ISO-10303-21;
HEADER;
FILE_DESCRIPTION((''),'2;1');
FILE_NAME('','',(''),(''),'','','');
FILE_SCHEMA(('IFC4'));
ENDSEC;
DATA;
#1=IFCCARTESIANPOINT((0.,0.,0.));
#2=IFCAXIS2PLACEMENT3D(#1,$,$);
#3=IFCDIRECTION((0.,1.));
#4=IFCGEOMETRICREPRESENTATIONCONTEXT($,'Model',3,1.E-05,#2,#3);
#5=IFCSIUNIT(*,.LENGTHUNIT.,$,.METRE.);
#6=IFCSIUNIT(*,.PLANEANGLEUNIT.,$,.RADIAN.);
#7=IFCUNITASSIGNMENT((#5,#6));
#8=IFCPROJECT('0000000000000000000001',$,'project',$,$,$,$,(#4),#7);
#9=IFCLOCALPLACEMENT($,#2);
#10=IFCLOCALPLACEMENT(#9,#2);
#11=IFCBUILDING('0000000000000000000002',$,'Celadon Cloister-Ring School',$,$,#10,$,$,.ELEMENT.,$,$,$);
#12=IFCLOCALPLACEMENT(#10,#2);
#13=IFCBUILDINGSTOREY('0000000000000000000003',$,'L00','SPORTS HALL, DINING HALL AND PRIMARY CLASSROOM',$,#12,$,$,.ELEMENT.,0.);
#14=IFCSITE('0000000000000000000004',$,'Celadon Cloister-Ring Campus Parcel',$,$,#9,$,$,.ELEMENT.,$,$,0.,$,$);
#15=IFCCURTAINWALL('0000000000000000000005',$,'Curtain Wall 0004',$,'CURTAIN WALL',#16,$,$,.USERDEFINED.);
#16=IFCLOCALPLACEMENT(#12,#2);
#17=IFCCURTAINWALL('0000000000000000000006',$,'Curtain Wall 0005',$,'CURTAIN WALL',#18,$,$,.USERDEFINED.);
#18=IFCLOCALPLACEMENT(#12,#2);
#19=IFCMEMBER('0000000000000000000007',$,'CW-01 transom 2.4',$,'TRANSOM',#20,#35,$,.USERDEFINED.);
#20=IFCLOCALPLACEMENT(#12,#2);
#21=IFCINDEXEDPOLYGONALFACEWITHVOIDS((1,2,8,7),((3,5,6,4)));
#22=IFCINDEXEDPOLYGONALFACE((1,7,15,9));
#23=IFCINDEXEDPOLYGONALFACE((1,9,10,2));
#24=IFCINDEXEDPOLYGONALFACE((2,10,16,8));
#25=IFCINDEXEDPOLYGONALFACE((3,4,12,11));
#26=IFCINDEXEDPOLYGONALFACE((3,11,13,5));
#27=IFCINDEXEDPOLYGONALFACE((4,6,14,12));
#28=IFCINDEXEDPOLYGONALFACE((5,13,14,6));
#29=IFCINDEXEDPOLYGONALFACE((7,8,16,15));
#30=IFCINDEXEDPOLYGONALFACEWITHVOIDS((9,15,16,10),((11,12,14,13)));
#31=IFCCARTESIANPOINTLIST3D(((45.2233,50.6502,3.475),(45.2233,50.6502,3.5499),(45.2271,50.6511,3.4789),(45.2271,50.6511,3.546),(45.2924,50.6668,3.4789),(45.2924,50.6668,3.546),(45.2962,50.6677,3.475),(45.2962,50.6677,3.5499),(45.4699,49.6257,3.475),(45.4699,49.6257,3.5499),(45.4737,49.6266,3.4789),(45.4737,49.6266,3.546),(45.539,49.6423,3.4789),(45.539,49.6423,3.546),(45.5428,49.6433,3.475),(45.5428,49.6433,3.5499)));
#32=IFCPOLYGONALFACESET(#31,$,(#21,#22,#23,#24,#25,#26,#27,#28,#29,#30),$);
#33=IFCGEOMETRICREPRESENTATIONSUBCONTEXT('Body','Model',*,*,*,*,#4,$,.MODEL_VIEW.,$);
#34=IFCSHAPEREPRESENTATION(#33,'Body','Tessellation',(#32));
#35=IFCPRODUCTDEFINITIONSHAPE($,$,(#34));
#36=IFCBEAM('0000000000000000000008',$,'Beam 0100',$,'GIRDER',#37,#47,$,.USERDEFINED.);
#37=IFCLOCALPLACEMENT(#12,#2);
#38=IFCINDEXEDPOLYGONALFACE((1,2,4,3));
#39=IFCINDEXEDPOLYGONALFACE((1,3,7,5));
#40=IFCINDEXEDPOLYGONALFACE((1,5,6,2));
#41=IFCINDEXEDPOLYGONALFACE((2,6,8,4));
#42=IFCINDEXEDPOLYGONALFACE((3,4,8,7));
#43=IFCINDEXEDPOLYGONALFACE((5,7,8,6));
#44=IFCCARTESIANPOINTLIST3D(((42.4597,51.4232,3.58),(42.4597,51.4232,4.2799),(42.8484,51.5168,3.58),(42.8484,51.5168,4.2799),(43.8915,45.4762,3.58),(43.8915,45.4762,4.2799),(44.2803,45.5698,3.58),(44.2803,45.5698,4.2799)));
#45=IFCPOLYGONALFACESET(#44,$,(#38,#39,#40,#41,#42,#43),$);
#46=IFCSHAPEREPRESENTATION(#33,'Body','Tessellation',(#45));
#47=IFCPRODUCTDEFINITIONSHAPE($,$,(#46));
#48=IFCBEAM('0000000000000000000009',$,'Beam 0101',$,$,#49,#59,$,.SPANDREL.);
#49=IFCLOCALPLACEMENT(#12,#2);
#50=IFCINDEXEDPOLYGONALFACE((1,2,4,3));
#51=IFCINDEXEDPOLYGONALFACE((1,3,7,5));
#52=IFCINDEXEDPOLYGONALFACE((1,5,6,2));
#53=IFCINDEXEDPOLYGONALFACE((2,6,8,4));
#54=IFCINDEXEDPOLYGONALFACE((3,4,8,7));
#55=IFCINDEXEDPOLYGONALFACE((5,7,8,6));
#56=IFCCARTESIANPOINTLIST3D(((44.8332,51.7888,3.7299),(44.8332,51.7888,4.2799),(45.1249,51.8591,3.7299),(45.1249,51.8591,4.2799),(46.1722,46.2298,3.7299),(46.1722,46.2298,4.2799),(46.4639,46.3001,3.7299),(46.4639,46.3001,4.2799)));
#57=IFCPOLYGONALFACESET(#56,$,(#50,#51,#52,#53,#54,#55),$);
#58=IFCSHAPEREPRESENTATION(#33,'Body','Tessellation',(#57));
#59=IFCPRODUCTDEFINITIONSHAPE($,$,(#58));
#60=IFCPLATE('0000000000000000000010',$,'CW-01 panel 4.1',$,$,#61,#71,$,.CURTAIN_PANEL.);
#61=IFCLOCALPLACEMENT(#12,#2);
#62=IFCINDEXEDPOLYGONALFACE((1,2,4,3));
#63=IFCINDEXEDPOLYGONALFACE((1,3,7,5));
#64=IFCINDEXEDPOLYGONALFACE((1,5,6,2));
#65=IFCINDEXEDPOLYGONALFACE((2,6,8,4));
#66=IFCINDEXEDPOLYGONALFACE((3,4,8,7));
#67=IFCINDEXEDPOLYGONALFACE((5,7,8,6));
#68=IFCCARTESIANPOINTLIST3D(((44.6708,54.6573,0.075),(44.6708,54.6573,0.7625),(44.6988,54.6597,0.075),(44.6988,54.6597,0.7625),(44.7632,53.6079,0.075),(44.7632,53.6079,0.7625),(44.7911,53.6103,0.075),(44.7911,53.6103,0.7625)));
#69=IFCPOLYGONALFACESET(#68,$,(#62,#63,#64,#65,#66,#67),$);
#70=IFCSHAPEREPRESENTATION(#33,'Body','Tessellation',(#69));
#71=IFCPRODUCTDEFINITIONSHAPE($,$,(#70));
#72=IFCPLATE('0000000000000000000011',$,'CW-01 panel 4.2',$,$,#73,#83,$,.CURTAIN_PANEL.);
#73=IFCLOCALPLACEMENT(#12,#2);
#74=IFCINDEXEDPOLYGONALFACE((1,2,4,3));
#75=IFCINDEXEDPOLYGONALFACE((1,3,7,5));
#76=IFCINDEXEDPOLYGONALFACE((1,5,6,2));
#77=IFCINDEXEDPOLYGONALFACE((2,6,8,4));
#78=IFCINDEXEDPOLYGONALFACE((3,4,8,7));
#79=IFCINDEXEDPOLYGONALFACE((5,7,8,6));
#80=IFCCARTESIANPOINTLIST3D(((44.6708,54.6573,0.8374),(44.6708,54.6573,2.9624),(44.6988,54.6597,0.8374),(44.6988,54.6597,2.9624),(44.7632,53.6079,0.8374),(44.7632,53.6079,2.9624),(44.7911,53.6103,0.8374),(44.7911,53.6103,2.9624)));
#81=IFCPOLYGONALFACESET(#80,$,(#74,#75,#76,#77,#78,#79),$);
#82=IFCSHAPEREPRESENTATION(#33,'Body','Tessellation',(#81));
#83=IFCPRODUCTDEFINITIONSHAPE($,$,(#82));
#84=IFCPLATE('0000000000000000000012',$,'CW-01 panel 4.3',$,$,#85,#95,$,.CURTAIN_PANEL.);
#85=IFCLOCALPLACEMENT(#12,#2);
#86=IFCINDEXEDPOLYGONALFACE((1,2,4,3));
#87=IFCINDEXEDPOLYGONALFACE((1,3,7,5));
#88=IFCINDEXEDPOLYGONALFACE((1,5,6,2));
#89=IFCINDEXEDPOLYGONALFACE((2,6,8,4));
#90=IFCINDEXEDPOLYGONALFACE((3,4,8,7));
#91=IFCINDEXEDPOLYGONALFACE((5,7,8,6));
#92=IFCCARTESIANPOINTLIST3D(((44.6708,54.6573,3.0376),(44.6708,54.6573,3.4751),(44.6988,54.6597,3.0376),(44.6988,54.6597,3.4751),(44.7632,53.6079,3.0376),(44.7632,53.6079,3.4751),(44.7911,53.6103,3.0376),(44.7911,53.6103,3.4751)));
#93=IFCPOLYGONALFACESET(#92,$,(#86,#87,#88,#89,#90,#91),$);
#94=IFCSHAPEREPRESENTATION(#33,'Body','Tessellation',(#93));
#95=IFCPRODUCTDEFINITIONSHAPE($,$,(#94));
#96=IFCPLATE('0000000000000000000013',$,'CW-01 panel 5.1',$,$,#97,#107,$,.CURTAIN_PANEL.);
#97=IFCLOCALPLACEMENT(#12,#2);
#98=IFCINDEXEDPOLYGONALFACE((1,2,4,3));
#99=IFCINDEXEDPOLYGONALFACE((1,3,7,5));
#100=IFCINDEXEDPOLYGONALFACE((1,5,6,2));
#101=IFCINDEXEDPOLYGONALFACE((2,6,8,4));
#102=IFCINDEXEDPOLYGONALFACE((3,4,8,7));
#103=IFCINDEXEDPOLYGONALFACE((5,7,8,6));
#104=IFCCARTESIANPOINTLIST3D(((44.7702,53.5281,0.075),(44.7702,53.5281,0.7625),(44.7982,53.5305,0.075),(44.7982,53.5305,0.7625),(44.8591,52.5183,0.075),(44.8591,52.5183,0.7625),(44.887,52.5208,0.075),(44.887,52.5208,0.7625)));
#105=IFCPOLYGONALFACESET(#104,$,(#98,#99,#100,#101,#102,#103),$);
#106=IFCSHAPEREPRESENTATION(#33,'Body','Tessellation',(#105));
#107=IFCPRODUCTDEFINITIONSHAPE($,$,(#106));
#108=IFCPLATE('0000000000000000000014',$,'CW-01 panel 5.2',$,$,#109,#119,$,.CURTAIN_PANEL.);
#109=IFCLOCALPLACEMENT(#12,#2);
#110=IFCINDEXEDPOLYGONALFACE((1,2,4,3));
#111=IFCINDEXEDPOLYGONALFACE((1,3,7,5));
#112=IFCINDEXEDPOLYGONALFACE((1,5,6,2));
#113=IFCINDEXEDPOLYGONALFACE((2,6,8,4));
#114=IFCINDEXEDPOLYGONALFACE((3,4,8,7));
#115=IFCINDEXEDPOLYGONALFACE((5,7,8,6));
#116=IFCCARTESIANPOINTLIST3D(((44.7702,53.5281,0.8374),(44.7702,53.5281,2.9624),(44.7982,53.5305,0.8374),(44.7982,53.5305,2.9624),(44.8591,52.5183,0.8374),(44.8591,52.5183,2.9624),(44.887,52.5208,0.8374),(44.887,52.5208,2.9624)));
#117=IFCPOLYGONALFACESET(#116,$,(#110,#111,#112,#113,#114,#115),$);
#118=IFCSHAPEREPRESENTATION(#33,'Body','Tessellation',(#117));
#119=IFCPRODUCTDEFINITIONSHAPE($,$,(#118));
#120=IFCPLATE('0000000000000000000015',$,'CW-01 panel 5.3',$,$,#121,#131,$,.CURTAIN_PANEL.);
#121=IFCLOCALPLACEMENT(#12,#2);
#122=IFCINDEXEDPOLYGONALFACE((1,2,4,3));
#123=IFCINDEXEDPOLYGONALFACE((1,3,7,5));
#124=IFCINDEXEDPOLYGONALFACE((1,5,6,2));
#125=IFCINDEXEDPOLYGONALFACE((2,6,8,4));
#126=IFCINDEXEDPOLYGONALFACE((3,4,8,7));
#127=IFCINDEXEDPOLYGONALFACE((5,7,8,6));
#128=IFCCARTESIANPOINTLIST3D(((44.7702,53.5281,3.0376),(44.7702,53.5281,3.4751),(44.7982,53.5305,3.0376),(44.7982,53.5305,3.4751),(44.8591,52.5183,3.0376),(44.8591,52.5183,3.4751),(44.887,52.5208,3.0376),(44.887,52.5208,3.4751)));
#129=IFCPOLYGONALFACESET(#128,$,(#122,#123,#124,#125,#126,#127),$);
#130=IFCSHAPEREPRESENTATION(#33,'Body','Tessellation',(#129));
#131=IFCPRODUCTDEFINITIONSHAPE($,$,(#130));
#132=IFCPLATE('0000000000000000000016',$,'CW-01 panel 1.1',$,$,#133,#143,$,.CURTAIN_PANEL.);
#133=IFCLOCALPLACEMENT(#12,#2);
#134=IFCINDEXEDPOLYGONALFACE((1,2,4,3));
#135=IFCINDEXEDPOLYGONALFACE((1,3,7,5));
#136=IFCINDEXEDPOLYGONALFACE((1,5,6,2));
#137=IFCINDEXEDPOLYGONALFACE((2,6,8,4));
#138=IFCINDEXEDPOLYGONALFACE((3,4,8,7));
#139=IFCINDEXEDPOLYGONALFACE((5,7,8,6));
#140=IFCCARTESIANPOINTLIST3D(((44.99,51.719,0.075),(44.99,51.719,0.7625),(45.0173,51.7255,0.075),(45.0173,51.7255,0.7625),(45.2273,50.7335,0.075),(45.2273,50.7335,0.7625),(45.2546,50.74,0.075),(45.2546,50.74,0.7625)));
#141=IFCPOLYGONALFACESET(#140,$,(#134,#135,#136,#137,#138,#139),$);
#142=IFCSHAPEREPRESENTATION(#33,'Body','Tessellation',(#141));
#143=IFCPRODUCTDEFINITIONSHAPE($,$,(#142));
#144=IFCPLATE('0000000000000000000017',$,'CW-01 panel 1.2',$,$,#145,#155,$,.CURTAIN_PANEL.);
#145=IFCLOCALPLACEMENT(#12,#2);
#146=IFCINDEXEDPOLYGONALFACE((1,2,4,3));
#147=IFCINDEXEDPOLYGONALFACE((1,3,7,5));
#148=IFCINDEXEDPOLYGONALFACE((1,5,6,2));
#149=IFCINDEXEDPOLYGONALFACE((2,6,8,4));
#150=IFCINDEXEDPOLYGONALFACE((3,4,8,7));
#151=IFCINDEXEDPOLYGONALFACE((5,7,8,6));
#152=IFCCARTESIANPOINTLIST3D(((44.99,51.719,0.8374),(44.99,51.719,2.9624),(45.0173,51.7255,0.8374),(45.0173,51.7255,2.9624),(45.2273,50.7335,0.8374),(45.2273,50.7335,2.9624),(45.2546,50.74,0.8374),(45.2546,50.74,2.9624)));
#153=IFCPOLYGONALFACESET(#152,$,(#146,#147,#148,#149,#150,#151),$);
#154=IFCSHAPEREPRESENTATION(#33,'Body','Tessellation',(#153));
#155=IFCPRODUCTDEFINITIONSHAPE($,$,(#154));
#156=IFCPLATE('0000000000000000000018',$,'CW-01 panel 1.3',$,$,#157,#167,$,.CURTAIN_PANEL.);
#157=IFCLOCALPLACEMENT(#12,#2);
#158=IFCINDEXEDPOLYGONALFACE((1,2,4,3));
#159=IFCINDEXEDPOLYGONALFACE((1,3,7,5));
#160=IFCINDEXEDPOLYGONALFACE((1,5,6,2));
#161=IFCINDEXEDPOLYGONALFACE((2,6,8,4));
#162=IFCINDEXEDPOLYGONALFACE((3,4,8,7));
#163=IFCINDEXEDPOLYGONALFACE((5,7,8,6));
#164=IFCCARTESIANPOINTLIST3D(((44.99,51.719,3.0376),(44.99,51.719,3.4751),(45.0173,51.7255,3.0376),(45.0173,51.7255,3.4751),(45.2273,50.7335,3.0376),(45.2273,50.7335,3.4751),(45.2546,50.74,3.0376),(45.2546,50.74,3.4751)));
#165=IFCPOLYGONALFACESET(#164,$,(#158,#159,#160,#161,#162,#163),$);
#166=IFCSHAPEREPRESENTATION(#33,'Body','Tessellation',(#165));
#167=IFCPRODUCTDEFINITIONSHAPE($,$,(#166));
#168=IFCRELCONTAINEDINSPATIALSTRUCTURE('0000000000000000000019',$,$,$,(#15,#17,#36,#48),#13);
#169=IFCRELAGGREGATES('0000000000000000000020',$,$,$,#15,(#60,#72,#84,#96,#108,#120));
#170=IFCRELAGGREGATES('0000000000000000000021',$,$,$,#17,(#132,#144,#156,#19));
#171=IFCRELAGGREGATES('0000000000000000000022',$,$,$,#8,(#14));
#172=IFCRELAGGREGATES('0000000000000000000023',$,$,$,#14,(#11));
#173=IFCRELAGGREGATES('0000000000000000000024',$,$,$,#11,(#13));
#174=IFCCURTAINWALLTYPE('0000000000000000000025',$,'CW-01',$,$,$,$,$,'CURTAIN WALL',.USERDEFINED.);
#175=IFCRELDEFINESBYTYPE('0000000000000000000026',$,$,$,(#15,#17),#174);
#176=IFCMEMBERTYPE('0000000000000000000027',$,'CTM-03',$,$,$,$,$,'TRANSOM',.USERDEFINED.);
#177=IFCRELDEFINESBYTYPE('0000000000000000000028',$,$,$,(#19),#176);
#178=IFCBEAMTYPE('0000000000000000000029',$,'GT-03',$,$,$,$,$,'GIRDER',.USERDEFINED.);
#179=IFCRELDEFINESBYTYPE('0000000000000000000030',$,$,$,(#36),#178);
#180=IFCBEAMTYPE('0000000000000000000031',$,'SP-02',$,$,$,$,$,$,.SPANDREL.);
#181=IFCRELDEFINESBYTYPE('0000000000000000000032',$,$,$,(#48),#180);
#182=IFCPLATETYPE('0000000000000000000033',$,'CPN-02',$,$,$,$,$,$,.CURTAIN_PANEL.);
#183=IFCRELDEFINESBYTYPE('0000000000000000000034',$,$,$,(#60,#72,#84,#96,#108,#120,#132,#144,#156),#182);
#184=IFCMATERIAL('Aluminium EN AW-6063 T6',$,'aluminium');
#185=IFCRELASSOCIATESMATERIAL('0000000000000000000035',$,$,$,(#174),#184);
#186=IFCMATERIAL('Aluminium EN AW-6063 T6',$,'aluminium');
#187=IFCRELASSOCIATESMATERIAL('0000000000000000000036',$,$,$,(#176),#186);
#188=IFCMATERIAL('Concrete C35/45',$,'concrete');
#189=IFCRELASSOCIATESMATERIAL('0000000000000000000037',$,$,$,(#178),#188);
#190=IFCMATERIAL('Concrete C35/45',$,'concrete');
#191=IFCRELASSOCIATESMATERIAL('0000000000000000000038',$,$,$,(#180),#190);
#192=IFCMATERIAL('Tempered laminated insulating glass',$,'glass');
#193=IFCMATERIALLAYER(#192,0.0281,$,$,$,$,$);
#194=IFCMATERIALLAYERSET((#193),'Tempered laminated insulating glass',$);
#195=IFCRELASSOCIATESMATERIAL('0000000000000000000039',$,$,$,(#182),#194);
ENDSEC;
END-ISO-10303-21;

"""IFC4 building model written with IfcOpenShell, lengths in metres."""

from ifc_helpers import new_model, si_unit, direction, frame, origin, origin_2d, place, context, subcontext, project, spatial, rectangle, hollow_rectangle, extrude, material, layer, layer_set, material_profile, profile_set, type_object, element, aggregate, save


model = new_model("IFC4")

# Units and contexts
model_context = context("Model", 3, precision=1e-05, world=origin(), true_north=direction((0.0, 1.0)))
body_context = subcontext(model_context, "Body", "Model", "MODEL_VIEW")
ifc_project = project(units=[si_unit("LENGTHUNIT", "METRE"), si_unit("PLANEANGLEUNIT", "RADIAN")], contexts=[model_context])

# Site, building, storey
site_placement = place(None, origin())
site = spatial("IfcSite", under=ifc_project, at=site_placement, Name="Celadon Cloister-Ring Campus Parcel", CompositionType="ELEMENT", RefElevation=0.0)
building_placement = place(site_placement, origin())
building = spatial("IfcBuilding", under=site, at=building_placement, Name="Celadon Cloister-Ring School", CompositionType="ELEMENT")
storey_placement = place(building_placement, origin())
storey = spatial("IfcBuildingStorey", under=building, at=storey_placement, Name="L00", Description="SPORTS HALL, DINING HALL AND PRIMARY CLASSROOM", CompositionType="ELEMENT", Elevation=0.0)

# Curtain walls
ifc_material_1 = material(Name="Aluminium EN AW-6063 T6", Category="aluminium")
curtain_wall_type = type_object("IfcCurtainWallType", Name="CW-01", ElementType="CURTAIN WALL", PredefinedType="USERDEFINED", material=ifc_material_1)
curtain_wall_1_placement = place(storey_placement, origin())
curtain_wall_1 = element("IfcCurtainWall", 1, at=curtain_wall_1_placement, inside=storey, type_object=curtain_wall_type, Name="Curtain Wall 0004", ObjectType="CURTAIN WALL", PredefinedType="USERDEFINED")
curtain_wall_2_placement = place(storey_placement, origin())
curtain_wall_2 = element("IfcCurtainWall", 2, at=curtain_wall_2_placement, inside=storey, type_object=curtain_wall_type, Name="Curtain Wall 0005", ObjectType="CURTAIN WALL", PredefinedType="USERDEFINED")

# Member
ifc_material_2 = material(Name="Aluminium EN AW-6063 T6", Category="aluminium")
ifc_material_profile_1 = material_profile(ifc_material_2, hollow_rectangle(XDim=0.075, YDim=0.075, WallThickness=0.0039, at=origin_2d()), Name="RHS75X75X4")
ifc_profile_set_1 = profile_set([ifc_material_profile_1], Name="Aluminium EN AW-6063 T6")
member_type_1 = type_object("IfcMemberType", Name="CTM-03", ElementType="TRANSOM", PredefinedType="USERDEFINED", material=ifc_profile_set_1)
member_1_placement = place(storey_placement, frame((45.2598, 50.6589, 3.5125), z_axis=(0.234021, -0.972231, 0.0), x_axis=(0.972231, 0.234021, 0.0)))
member_1 = element("IfcMember", 3, at=member_1_placement, type_object=member_type_1, Name="CW-01 transom 2.4", ObjectType="TRANSOM", PredefinedType="USERDEFINED", context=body_context, shape_type="SweptSolid", body=[
    extrude(hollow_rectangle(XDim=0.075, YDim=0.075, WallThickness=0.0039, at=origin_2d()), origin(), (0.0, 0.0, 1.0), 1.0537),
])

# Beams
ifc_material_3 = material(Name="Concrete C35/45", Category="concrete")
ifc_material_profile_2 = material_profile(ifc_material_3, rectangle(XDim=0.3999, YDim=0.7, at=origin_2d()), Name="RC400X700")
ifc_profile_set_2 = profile_set([ifc_material_profile_2], Name="Concrete C35/45")
beam_type_1 = type_object("IfcBeamType", Name="GT-03", ElementType="GIRDER", PredefinedType="USERDEFINED", material=ifc_profile_set_2)
beam_1_placement = place(storey_placement, frame((42.6541, 51.47, 3.9299), z_axis=(0.234084, -0.972216, 0.0), x_axis=(0.972216, 0.234084, 0.0)))
element("IfcBeam", 4, at=beam_1_placement, inside=storey, type_object=beam_type_1, Name="Beam 0100", ObjectType="GIRDER", PredefinedType="USERDEFINED", context=body_context, shape_type="SweptSolid", body=[
    extrude(rectangle(XDim=0.3999, YDim=0.7, at=origin_2d()), origin(), (0.0, 0.0, 1.0), 6.1169),
])
ifc_material_4 = material(Name="Concrete C35/45", Category="concrete")
ifc_material_profile_3 = material_profile(ifc_material_4, rectangle(XDim=0.3, YDim=0.55, at=origin_2d()), Name="RC300X550")
ifc_profile_set_3 = profile_set([ifc_material_profile_3], Name="Concrete C35/45")
beam_type_2 = type_object("IfcBeamType", Name="SP-02", PredefinedType="SPANDREL", material=ifc_profile_set_3)
beam_2_placement = place(storey_placement, frame((44.979, 51.824, 4.0049), z_axis=(0.234188, -0.972191, 0.0), x_axis=(0.972191, 0.234188, 0.0)))
element("IfcBeam", 5, at=beam_2_placement, inside=storey, type_object=beam_type_2, Name="Beam 0101", PredefinedType="SPANDREL", context=body_context, shape_type="SweptSolid", body=[
    extrude(rectangle(XDim=0.3, YDim=0.55, at=origin_2d()), origin(), (0.0, 0.0, 1.0), 5.718),
])

# Plates
ifc_material_5 = material(Name="Tempered laminated insulating glass", Category="glass")
ifc_layer_1 = layer(ifc_material_5, 0.0281)
ifc_layer_set_1 = layer_set([ifc_layer_1], Name="Tempered laminated insulating glass")
plate_type = type_object("IfcPlateType", Name="CPN-02", PredefinedType="CURTAIN_PANEL", material=ifc_layer_set_1)
plate_1_placement = place(storey_placement, frame((44.731, 54.1338, 0.075), z_axis=(0.0, 0.0, 1.0), x_axis=(0.087688, -0.996148, 0.0)))
plate_1 = element("IfcPlate", 6, at=plate_1_placement, type_object=plate_type, Name="CW-01 panel 4.1", PredefinedType="CURTAIN_PANEL", context=body_context, shape_type="SweptSolid", body=[
    extrude(rectangle(XDim=1.0535, YDim=0.0281, at=origin_2d()), origin(), (0.0, 0.0, 1.0), 0.6875),
])
plate_2_placement = place(storey_placement, frame((44.731, 54.1338, 0.8374), z_axis=(0.0, 0.0, 1.0), x_axis=(0.087688, -0.996148, 0.0)))
plate_2 = element("IfcPlate", 7, at=plate_2_placement, type_object=plate_type, Name="CW-01 panel 4.2", PredefinedType="CURTAIN_PANEL", context=body_context, shape_type="SweptSolid", body=[
    extrude(rectangle(XDim=1.0535, YDim=0.0281, at=origin_2d()), origin(), (0.0, 0.0, 1.0), 2.125),
])
plate_3_placement = place(storey_placement, frame((44.731, 54.1338, 3.0376), z_axis=(0.0, 0.0, 1.0), x_axis=(0.087688, -0.996148, 0.0)))
plate_3 = element("IfcPlate", 8, at=plate_3_placement, type_object=plate_type, Name="CW-01 panel 4.3", PredefinedType="CURTAIN_PANEL", context=body_context, shape_type="SweptSolid", body=[
    extrude(rectangle(XDim=1.0535, YDim=0.0281, at=origin_2d()), origin(), (0.0, 0.0, 1.0), 0.4375),
])
plate_4_placement = place(storey_placement, frame((44.8286, 53.0244, 0.075), z_axis=(0.0, 0.0, 1.0), x_axis=(0.087688, -0.996148, 0.0)))
plate_4 = element("IfcPlate", 9, at=plate_4_placement, type_object=plate_type, Name="CW-01 panel 5.1", PredefinedType="CURTAIN_PANEL", context=body_context, shape_type="SweptSolid", body=[
    extrude(rectangle(XDim=1.0137, YDim=0.0281, at=origin_2d()), origin(), (0.0, 0.0, 1.0), 0.6875),
])
plate_5_placement = place(storey_placement, frame((44.8286, 53.0244, 0.8374), z_axis=(0.0, 0.0, 1.0), x_axis=(0.087688, -0.996148, 0.0)))
plate_5 = element("IfcPlate", 10, at=plate_5_placement, type_object=plate_type, Name="CW-01 panel 5.2", PredefinedType="CURTAIN_PANEL", context=body_context, shape_type="SweptSolid", body=[
    extrude(rectangle(XDim=1.0137, YDim=0.0281, at=origin_2d()), origin(), (0.0, 0.0, 1.0), 2.125),
])
plate_6_placement = place(storey_placement, frame((44.8286, 53.0244, 3.0376), z_axis=(0.0, 0.0, 1.0), x_axis=(0.087688, -0.996148, 0.0)))
plate_6 = element("IfcPlate", 11, at=plate_6_placement, type_object=plate_type, Name="CW-01 panel 5.3", PredefinedType="CURTAIN_PANEL", context=body_context, shape_type="SweptSolid", body=[
    extrude(rectangle(XDim=1.0137, YDim=0.0281, at=origin_2d()), origin(), (0.0, 0.0, 1.0), 0.4375),
])
aggregate(curtain_wall_1, [plate_1, plate_2, plate_3, plate_4, plate_5, plate_6])
plate_7_placement = place(storey_placement, frame((45.1223, 51.2295, 0.075), z_axis=(0.0, 0.0, 1.0), x_axis=(0.2341, -0.972212, 0.0)))
plate_7 = element("IfcPlate", 12, at=plate_7_placement, type_object=plate_type, Name="CW-01 panel 1.1", PredefinedType="CURTAIN_PANEL", context=body_context, shape_type="SweptSolid", body=[
    extrude(rectangle(XDim=1.0137, YDim=0.0281, at=origin_2d()), origin(), (0.0, 0.0, 1.0), 0.6875),
])
plate_8_placement = place(storey_placement, frame((45.1223, 51.2295, 0.8374), z_axis=(0.0, 0.0, 1.0), x_axis=(0.2341, -0.972212, 0.0)))
plate_8 = element("IfcPlate", 13, at=plate_8_placement, type_object=plate_type, Name="CW-01 panel 1.2", PredefinedType="CURTAIN_PANEL", context=body_context, shape_type="SweptSolid", body=[
    extrude(rectangle(XDim=1.0137, YDim=0.0281, at=origin_2d()), origin(), (0.0, 0.0, 1.0), 2.125),
])
plate_9_placement = place(storey_placement, frame((45.1223, 51.2295, 3.0376), z_axis=(0.0, 0.0, 1.0), x_axis=(0.2341, -0.972212, 0.0)))
plate_9 = element("IfcPlate", 14, at=plate_9_placement, type_object=plate_type, Name="CW-01 panel 1.3", PredefinedType="CURTAIN_PANEL", context=body_context, shape_type="SweptSolid", body=[
    extrude(rectangle(XDim=1.0137, YDim=0.0281, at=origin_2d()), origin(), (0.0, 0.0, 1.0), 0.4375),
])
aggregate(curtain_wall_2, [plate_7, plate_8, plate_9, member_1])

save(model, "model.ifc")
